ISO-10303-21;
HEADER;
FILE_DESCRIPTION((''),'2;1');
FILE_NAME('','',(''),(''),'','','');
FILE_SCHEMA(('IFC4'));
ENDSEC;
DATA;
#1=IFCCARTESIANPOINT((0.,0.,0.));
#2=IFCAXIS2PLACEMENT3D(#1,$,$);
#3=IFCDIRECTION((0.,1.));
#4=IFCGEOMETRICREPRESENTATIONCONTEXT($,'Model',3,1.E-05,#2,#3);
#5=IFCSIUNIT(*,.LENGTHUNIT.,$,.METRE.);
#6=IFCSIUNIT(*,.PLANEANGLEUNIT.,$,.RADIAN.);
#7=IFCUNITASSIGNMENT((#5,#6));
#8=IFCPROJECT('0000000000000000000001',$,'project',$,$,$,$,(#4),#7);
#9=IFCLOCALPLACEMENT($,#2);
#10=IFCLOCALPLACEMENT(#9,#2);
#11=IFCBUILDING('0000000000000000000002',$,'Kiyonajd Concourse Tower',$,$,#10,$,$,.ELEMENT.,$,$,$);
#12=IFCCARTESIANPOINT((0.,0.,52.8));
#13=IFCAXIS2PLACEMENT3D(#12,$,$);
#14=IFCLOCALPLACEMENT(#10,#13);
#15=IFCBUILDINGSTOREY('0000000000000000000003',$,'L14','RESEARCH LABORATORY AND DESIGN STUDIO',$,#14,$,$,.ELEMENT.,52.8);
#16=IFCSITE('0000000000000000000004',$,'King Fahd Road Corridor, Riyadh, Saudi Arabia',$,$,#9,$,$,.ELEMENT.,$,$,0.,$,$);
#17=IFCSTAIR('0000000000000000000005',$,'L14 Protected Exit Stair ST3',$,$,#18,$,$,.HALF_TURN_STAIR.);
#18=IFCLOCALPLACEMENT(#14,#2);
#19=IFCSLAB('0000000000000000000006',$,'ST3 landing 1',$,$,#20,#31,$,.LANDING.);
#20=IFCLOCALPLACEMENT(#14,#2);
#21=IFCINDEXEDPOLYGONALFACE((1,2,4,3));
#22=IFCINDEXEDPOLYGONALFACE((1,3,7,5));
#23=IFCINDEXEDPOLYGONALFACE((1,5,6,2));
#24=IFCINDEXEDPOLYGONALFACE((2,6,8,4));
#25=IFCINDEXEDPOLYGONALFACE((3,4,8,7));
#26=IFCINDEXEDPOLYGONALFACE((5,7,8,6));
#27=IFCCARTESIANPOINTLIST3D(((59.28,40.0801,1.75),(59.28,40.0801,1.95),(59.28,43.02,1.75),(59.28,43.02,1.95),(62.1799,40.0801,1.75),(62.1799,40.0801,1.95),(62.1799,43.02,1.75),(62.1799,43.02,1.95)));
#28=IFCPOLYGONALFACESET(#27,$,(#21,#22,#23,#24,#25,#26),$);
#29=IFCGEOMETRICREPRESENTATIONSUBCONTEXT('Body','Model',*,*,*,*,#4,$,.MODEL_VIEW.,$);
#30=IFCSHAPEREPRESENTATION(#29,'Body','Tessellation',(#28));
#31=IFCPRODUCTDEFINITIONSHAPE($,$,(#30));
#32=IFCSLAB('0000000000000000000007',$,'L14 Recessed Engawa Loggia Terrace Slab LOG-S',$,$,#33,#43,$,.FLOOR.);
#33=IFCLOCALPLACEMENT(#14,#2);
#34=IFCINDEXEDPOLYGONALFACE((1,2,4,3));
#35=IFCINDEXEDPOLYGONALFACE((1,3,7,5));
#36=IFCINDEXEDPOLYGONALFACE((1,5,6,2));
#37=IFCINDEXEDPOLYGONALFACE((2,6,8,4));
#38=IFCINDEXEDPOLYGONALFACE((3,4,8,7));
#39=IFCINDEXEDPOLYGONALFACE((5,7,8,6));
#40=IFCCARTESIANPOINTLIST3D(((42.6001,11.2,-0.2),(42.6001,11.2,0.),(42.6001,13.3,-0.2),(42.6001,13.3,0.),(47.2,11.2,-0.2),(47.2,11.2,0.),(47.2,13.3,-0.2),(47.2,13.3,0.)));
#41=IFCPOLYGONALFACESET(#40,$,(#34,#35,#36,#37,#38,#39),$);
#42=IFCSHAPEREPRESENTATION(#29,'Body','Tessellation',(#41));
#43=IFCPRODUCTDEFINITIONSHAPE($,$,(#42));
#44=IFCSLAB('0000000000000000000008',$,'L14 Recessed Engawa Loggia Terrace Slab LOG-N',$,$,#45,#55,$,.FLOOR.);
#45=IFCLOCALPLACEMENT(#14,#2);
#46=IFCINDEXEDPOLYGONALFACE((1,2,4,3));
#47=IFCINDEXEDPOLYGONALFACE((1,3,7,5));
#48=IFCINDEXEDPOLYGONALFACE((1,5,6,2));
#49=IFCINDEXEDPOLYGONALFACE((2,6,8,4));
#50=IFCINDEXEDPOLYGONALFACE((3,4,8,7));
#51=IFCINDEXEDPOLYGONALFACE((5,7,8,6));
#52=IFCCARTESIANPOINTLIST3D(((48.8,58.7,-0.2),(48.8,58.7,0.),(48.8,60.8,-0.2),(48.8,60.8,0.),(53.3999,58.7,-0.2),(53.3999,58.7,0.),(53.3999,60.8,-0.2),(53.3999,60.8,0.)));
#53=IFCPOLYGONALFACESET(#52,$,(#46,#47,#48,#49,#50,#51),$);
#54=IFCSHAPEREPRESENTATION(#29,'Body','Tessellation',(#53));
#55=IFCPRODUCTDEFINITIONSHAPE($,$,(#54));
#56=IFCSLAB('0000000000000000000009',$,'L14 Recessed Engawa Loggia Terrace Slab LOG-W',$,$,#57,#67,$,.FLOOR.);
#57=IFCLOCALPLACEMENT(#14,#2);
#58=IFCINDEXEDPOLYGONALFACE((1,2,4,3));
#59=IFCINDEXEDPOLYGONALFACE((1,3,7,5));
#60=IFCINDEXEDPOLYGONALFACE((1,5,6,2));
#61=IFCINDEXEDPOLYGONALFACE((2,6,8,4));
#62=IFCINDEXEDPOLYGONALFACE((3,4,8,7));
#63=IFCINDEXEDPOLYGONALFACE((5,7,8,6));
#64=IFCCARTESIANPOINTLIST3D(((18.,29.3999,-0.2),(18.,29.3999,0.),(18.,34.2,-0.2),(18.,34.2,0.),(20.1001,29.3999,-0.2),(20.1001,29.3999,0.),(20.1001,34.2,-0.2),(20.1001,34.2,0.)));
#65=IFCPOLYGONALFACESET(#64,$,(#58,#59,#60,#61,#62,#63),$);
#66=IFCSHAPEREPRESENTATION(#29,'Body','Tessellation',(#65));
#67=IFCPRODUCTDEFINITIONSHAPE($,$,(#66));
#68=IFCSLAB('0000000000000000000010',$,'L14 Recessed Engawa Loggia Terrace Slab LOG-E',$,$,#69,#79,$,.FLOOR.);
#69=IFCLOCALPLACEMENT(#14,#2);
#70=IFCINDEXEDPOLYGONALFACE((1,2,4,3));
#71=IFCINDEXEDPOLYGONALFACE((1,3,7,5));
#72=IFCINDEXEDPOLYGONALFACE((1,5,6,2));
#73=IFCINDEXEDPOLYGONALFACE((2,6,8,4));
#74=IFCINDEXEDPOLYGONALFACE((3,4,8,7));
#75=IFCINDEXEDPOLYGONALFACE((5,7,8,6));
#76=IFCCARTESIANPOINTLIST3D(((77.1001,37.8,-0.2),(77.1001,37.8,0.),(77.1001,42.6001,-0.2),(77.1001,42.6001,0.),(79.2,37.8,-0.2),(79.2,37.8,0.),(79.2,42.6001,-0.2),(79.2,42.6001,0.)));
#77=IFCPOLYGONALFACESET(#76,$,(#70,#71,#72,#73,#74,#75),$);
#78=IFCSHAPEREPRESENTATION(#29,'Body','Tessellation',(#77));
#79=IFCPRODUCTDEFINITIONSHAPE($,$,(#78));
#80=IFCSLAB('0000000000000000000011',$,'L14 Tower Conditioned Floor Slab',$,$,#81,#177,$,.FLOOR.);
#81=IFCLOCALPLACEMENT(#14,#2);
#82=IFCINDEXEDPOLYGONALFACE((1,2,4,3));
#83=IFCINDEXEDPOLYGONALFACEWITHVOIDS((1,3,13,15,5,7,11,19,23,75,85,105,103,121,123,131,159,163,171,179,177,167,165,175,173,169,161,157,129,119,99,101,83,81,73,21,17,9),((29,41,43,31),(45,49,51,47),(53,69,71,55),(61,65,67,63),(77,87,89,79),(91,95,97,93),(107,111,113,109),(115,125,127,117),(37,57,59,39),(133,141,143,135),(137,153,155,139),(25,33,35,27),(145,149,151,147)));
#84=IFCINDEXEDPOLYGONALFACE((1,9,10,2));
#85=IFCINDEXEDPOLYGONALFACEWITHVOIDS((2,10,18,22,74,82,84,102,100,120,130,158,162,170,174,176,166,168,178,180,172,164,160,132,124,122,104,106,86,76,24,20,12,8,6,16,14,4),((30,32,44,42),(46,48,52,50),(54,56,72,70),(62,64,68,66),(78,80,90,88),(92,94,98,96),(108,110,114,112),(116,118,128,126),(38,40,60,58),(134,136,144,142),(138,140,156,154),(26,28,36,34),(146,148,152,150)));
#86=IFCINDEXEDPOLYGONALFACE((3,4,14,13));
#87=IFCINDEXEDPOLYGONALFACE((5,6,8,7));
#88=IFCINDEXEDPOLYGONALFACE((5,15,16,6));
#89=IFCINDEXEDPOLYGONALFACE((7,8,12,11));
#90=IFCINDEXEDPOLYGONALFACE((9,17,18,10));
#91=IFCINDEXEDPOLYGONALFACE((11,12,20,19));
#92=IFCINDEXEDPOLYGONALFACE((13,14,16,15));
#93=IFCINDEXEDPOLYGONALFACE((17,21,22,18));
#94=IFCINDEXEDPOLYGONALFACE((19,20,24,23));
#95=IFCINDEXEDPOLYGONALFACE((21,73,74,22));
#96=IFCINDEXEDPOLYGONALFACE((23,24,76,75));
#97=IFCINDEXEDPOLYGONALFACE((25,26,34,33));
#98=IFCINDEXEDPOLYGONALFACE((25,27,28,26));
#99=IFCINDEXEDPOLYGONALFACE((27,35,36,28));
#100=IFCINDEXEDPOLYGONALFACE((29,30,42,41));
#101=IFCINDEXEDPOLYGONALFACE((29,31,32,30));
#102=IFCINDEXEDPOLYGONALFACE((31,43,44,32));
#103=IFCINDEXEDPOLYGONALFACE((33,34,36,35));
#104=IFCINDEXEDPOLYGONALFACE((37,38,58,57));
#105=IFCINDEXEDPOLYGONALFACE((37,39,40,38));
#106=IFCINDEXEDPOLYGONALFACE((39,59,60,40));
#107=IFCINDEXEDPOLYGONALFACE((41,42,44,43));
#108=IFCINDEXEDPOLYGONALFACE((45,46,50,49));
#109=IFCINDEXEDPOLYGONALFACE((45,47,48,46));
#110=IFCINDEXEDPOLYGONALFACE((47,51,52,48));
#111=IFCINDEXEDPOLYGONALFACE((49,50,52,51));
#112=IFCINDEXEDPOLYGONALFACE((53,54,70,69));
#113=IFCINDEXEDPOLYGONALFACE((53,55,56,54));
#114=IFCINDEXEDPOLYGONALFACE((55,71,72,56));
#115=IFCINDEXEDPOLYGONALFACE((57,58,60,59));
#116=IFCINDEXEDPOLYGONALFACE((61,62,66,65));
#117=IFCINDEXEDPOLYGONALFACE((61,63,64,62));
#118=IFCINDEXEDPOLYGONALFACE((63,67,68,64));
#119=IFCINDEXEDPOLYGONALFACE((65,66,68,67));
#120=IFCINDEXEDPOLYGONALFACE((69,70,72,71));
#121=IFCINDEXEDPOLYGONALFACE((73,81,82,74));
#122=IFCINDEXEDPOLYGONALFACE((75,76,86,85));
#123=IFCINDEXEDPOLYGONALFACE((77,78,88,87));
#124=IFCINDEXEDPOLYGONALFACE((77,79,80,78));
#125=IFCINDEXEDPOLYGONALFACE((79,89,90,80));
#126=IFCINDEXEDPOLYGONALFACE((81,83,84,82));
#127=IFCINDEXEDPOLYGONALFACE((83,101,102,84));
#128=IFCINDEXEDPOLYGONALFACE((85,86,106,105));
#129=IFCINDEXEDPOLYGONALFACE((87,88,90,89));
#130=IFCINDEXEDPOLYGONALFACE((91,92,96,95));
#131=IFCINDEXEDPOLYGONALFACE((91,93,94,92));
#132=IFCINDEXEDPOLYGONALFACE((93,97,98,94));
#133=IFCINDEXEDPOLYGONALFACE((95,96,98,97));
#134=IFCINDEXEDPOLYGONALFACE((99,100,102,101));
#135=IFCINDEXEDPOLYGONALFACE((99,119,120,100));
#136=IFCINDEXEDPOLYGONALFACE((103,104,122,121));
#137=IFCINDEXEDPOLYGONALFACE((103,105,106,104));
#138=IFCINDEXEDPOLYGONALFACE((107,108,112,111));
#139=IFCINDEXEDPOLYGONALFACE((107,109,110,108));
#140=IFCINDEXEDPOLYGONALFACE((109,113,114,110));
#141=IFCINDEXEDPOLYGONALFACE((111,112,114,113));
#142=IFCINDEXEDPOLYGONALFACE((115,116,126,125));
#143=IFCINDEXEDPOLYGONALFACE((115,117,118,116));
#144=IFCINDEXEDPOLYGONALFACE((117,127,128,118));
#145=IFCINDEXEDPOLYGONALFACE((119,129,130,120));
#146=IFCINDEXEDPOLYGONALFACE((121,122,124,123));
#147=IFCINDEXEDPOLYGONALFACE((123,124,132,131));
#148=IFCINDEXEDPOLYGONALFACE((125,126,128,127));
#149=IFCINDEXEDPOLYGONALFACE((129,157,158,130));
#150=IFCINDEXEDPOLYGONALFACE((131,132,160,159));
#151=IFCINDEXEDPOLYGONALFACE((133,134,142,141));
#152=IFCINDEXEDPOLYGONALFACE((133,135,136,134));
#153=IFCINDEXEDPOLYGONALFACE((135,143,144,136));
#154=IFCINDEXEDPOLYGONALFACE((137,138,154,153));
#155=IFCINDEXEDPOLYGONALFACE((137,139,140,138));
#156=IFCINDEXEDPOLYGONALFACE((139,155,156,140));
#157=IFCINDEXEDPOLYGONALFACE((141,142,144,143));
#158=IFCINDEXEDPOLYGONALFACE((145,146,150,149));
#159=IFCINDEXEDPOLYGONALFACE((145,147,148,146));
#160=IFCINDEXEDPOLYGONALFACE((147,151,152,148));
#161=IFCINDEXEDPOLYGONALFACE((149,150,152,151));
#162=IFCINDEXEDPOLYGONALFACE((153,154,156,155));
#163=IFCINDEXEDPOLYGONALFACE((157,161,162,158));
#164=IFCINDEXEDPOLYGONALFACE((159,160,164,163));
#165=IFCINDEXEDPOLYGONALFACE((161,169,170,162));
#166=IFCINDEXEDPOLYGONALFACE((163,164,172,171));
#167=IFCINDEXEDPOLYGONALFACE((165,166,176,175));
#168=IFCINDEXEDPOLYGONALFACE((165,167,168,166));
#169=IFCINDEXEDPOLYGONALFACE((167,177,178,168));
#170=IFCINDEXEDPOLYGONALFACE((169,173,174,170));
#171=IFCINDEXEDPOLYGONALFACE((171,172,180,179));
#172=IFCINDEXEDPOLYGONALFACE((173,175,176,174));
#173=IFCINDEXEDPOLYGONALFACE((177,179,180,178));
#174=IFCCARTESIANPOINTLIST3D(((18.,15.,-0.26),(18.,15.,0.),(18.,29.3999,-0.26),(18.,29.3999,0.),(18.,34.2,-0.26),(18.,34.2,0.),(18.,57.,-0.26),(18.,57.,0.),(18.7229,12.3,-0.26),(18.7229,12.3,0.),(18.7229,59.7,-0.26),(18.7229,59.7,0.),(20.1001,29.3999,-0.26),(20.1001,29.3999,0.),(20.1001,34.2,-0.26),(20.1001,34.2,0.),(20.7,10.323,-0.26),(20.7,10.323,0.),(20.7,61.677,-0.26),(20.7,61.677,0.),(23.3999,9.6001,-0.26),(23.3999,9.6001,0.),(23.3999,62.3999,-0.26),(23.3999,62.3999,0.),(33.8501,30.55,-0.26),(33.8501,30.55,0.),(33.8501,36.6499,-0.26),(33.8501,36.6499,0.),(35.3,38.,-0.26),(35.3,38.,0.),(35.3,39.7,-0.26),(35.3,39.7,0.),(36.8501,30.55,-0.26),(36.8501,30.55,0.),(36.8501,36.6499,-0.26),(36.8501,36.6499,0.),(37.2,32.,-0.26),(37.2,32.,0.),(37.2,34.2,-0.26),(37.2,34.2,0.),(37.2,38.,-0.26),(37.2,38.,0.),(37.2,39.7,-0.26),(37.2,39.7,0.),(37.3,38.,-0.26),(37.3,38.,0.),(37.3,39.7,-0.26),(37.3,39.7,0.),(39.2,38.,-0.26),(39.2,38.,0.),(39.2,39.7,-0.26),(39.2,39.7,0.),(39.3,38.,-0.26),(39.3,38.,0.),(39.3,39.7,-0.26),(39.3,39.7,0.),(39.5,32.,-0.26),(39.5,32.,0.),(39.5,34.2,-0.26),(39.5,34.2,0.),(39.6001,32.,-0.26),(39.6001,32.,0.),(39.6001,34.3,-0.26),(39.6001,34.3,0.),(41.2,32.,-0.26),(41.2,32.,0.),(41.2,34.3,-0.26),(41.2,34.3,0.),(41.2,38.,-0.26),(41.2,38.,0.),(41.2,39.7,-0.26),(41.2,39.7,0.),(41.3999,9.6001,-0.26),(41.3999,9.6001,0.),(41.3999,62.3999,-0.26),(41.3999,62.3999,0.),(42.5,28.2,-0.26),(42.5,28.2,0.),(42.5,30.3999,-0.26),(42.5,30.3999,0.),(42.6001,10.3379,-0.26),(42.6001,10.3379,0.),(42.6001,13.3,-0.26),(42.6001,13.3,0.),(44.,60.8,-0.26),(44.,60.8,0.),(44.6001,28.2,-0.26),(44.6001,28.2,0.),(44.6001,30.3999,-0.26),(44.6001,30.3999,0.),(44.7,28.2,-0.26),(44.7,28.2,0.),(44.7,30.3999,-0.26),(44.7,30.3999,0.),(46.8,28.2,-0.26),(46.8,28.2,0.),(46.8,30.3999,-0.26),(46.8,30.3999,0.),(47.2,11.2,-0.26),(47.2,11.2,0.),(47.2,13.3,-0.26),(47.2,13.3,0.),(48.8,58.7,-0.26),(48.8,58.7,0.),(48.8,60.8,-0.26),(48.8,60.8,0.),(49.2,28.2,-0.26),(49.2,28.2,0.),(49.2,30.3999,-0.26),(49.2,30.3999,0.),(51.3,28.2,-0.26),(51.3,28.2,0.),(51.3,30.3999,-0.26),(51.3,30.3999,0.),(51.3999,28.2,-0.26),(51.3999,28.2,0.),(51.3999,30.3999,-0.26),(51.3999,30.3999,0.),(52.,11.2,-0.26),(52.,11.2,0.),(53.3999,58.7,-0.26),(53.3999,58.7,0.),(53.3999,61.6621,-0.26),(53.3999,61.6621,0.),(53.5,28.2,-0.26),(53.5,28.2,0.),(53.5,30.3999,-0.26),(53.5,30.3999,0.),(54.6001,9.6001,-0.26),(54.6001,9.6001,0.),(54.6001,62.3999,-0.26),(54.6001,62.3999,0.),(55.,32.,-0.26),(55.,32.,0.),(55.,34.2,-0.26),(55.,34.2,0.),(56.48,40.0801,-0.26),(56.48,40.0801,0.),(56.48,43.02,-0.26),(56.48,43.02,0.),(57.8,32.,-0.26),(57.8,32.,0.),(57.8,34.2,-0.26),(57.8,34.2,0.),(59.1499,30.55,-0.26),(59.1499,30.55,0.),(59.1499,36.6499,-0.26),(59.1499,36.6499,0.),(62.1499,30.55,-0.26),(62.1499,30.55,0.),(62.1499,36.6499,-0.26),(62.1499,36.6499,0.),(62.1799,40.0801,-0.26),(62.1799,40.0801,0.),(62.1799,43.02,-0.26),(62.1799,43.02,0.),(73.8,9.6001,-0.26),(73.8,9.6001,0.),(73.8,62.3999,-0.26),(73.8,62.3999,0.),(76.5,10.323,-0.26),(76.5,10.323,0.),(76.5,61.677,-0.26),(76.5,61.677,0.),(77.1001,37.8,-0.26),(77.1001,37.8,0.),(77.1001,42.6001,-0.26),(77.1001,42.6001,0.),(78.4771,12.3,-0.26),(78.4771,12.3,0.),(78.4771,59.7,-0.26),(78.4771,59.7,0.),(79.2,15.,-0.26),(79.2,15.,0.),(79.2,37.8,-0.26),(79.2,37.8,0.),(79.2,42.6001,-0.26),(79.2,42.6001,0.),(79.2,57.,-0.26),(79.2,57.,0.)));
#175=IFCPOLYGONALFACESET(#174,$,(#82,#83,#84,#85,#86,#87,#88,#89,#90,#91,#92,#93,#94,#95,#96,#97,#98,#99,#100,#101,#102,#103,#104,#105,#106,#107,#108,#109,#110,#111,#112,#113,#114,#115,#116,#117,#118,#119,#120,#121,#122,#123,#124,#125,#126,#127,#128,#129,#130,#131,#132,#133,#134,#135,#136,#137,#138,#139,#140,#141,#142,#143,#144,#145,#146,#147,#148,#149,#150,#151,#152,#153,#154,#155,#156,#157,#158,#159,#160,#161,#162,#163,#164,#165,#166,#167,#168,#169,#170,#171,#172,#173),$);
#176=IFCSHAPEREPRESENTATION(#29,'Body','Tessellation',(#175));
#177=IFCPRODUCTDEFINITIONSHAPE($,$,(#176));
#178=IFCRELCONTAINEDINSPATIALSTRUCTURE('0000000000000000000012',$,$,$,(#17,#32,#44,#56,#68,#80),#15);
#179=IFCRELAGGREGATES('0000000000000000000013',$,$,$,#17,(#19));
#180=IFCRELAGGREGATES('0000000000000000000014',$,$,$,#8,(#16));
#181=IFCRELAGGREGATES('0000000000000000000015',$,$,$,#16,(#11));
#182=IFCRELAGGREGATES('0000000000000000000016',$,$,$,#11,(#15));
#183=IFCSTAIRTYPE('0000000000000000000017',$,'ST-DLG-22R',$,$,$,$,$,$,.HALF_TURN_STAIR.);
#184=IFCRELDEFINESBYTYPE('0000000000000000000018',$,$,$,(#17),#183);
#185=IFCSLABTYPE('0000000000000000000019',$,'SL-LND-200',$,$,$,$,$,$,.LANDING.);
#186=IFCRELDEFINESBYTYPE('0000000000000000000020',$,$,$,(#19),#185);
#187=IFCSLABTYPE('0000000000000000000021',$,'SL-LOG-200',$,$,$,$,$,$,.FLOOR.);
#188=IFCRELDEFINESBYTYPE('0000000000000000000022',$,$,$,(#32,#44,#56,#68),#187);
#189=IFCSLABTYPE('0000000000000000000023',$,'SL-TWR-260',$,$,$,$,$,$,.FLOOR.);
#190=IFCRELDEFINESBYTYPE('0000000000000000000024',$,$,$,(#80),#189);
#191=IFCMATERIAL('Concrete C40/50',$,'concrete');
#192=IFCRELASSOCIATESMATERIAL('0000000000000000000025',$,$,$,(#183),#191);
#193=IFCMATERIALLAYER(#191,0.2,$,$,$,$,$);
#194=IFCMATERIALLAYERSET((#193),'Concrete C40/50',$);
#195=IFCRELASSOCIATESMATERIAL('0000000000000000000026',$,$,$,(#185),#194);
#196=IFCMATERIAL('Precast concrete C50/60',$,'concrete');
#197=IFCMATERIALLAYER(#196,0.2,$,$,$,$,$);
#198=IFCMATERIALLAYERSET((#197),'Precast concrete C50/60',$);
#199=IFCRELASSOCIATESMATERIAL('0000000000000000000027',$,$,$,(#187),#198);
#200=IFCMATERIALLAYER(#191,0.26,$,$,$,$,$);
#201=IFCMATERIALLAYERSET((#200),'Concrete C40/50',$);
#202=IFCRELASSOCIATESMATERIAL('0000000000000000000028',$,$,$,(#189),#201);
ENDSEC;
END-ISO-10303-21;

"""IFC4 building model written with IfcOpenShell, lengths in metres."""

from ifc_helpers import new_model, si_unit, direction, frame, origin, place, context, subcontext, project, spatial, polyline, outline, extrude, material, layer, layer_set, type_object, element, aggregate, save


model = new_model("IFC4")

# Units and contexts
model_context = context("Model", 3, precision=1e-05, world=origin(), true_north=direction((0.0, 1.0)))
body_context = subcontext(model_context, "Body", "Model", "MODEL_VIEW")
ifc_project = project(units=[si_unit("LENGTHUNIT", "METRE"), si_unit("PLANEANGLEUNIT", "RADIAN")], contexts=[model_context])

# Site, building, storey
site_placement = place(None, origin())
site = spatial("IfcSite", under=ifc_project, at=site_placement, Name="King Fahd Road Corridor, Riyadh, Saudi Arabia", CompositionType="ELEMENT", RefElevation=0.0)
building_placement = place(site_placement, origin())
building = spatial("IfcBuilding", under=site, at=building_placement, Name="Kiyonajd Concourse Tower", CompositionType="ELEMENT")
storey_placement = place(building_placement, frame((0.0, 0.0, 52.8)))
storey = spatial("IfcBuildingStorey", under=building, at=storey_placement, Name="L14", Description="RESEARCH LABORATORY AND DESIGN STUDIO", CompositionType="ELEMENT", Elevation=52.8)

# Shared definitions
ifc_material_1 = material(Name="Precast concrete C50/60", Category="concrete")

# Stair, slab
ifc_material_2 = material(Name="Concrete C40/50", Category="concrete")
stair_type = type_object("IfcStairType", Name="ST-DLG-22R", PredefinedType="HALF_TURN_STAIR", material=ifc_material_2)
ifc_layer_1 = layer(ifc_material_2, 0.2)
ifc_layer_set_1 = layer_set([ifc_layer_1], Name="Concrete C40/50")
slab_type_1 = type_object("IfcSlabType", Name="SL-LND-200", PredefinedType="LANDING", material=ifc_layer_set_1)
stair_1_placement = place(storey_placement, origin())
stair_1 = element("IfcStair", 1, at=stair_1_placement, inside=storey, type_object=stair_type, Name="L14 Protected Exit Stair ST3", PredefinedType="HALF_TURN_STAIR")
slab_1_placement = place(storey_placement, frame((0.0, 0.0, 1.75)))
slab_1 = element("IfcSlab", 2, at=slab_1_placement, type_object=slab_type_1, Name="ST3 landing 1", PredefinedType="LANDING", context=body_context, shape_type="SweptSolid", body=[
    extrude(outline(polyline([(59.28, 40.0801), (62.1799, 40.0801), (62.1799, 43.02), (59.28, 43.02), (59.28, 40.0801)])), origin(), (0.0, 0.0, 1.0), 0.2),
])
aggregate(stair_1, [slab_1])

# Slabs
ifc_layer_2 = layer(ifc_material_1, 0.2)
ifc_layer_set_2 = layer_set([ifc_layer_2], Name="Precast concrete C50/60")
slab_type_2 = type_object("IfcSlabType", Name="SL-LOG-200", PredefinedType="FLOOR", material=ifc_layer_set_2)
slab_2_placement = place(storey_placement, frame((0.0, 0.0, -0.2)))
element("IfcSlab", 3, at=slab_2_placement, inside=storey, type_object=slab_type_2, Name="L14 Recessed Engawa Loggia Terrace Slab LOG-S", PredefinedType="FLOOR", context=body_context, shape_type="SweptSolid", body=[
    extrude(outline(polyline([(42.6001, 11.2), (47.2, 11.2), (47.2, 13.3), (42.6001, 13.3), (42.6001, 11.2)])), origin(), (0.0, 0.0, 1.0), 0.2),
])
slab_3_placement = place(storey_placement, frame((0.0, 0.0, -0.2)))
element("IfcSlab", 4, at=slab_3_placement, inside=storey, type_object=slab_type_2, Name="L14 Recessed Engawa Loggia Terrace Slab LOG-N", PredefinedType="FLOOR", context=body_context, shape_type="SweptSolid", body=[
    extrude(outline(polyline([(48.8, 58.7), (53.3999, 58.7), (53.3999, 60.8), (48.8, 60.8), (48.8, 58.7)])), origin(), (0.0, 0.0, 1.0), 0.2),
])
slab_4_placement = place(storey_placement, frame((0.0, 0.0, -0.2)))
element("IfcSlab", 5, at=slab_4_placement, inside=storey, type_object=slab_type_2, Name="L14 Recessed Engawa Loggia Terrace Slab LOG-W", PredefinedType="FLOOR", context=body_context, shape_type="SweptSolid", body=[
    extrude(outline(polyline([(18.0, 29.3999), (20.1001, 29.3999), (20.1001, 34.2), (18.0, 34.2), (18.0, 29.3999)])), origin(), (0.0, 0.0, 1.0), 0.2),
])
slab_5_placement = place(storey_placement, frame((0.0, 0.0, -0.2)))
element("IfcSlab", 6, at=slab_5_placement, inside=storey, type_object=slab_type_2, Name="L14 Recessed Engawa Loggia Terrace Slab LOG-E", PredefinedType="FLOOR", context=body_context, shape_type="SweptSolid", body=[
    extrude(outline(polyline([(77.1001, 37.8), (79.2, 37.8), (79.2, 42.6001), (77.1001, 42.6001), (77.1001, 37.8)])), origin(), (0.0, 0.0, 1.0), 0.2),
])
ifc_layer_3 = layer(ifc_material_2, 0.26)
ifc_layer_set_3 = layer_set([ifc_layer_3], Name="Concrete C40/50")
slab_type_3 = type_object("IfcSlabType", Name="SL-TWR-260", PredefinedType="FLOOR", material=ifc_layer_set_3)
slab_6_placement = place(storey_placement, frame((0.0, 0.0, -0.26)))
element("IfcSlab", 7, at=slab_6_placement, inside=storey, type_object=slab_type_3, Name="L14 Tower Conditioned Floor Slab", PredefinedType="FLOOR", context=body_context, shape_type="SweptSolid", body=[
    extrude(outline(polyline([(18.7229, 12.3), (18.0, 15.0), (18.0, 29.3999), (20.1001, 29.3999), (20.1001, 34.2), (18.0, 34.2), (18.0, 57.0), (18.7229, 59.7), (20.7, 61.677), (23.3999, 62.3999), (41.3999, 62.3999), (44.0, 60.8), (48.8, 60.8), (48.8, 58.7), (53.3999, 58.7), (53.3999, 61.6621), (54.6001, 62.3999), (73.8, 62.3999), (76.5, 61.677), (78.4771, 59.7), (79.2, 57.0), (79.2, 42.6001), (77.1001, 42.6001), (77.1001, 37.8), (79.2, 37.8), (79.2, 15.0), (78.4771, 12.3), (76.5, 10.323), (73.8, 9.6001), (54.6001, 9.6001), (52.0, 11.2), (47.2, 11.2), (47.2, 13.3), (42.6001, 13.3), (42.6001, 10.3379), (41.3999, 9.6001), (23.3999, 9.6001), (20.7, 10.323), (18.7229, 12.3)]), holes=[polyline([(44.6001, 28.2), (42.5, 28.2), (42.5, 30.3999), (44.6001, 30.3999), (44.6001, 28.2)]), polyline([(37.2, 32.0), (37.2, 34.2), (39.5, 34.2), (39.5, 32.0), (37.2, 32.0)]), polyline([(39.6001, 32.0), (39.6001, 34.3), (41.2, 34.3), (41.2, 32.0), (39.6001, 32.0)]), polyline([(36.8501, 30.55), (33.8501, 30.55), (33.8501, 36.6499), (36.8501, 36.6499), (36.8501, 30.55)]), polyline([(35.3, 38.0), (35.3, 39.7), (37.2, 39.7), (37.2, 38.0), (35.3, 38.0)]), polyline([(37.3, 38.0), (37.3, 39.7), (39.2, 39.7), (39.2, 38.0), (37.3, 38.0)]), polyline([(41.2, 38.0), (39.3, 38.0), (39.3, 39.7), (41.2, 39.7), (41.2, 38.0)]), polyline([(44.7, 28.2), (44.7, 30.3999), (46.8, 30.3999), (46.8, 28.2), (44.7, 28.2)]), polyline([(49.2, 28.2), (49.2, 30.3999), (51.3, 30.3999), (51.3, 28.2), (49.2, 28.2)]), polyline([(51.3999, 28.2), (51.3999, 30.3999), (53.5, 30.3999), (53.5, 28.2), (51.3999, 28.2)]), polyline([(55.0, 32.0), (55.0, 34.2), (57.8, 34.2), (57.8, 32.0), (55.0, 32.0)]), polyline([(59.1499, 30.55), (59.1499, 36.6499), (62.1499, 36.6499), (62.1499, 30.55), (59.1499, 30.55)]), polyline([(56.48, 43.02), (62.1799, 43.02), (62.1799, 40.0801), (56.48, 40.0801), (56.48, 43.02)])]), origin(), (0.0, 0.0, 1.0), 0.26),
])

save(model, "model.ifc")
